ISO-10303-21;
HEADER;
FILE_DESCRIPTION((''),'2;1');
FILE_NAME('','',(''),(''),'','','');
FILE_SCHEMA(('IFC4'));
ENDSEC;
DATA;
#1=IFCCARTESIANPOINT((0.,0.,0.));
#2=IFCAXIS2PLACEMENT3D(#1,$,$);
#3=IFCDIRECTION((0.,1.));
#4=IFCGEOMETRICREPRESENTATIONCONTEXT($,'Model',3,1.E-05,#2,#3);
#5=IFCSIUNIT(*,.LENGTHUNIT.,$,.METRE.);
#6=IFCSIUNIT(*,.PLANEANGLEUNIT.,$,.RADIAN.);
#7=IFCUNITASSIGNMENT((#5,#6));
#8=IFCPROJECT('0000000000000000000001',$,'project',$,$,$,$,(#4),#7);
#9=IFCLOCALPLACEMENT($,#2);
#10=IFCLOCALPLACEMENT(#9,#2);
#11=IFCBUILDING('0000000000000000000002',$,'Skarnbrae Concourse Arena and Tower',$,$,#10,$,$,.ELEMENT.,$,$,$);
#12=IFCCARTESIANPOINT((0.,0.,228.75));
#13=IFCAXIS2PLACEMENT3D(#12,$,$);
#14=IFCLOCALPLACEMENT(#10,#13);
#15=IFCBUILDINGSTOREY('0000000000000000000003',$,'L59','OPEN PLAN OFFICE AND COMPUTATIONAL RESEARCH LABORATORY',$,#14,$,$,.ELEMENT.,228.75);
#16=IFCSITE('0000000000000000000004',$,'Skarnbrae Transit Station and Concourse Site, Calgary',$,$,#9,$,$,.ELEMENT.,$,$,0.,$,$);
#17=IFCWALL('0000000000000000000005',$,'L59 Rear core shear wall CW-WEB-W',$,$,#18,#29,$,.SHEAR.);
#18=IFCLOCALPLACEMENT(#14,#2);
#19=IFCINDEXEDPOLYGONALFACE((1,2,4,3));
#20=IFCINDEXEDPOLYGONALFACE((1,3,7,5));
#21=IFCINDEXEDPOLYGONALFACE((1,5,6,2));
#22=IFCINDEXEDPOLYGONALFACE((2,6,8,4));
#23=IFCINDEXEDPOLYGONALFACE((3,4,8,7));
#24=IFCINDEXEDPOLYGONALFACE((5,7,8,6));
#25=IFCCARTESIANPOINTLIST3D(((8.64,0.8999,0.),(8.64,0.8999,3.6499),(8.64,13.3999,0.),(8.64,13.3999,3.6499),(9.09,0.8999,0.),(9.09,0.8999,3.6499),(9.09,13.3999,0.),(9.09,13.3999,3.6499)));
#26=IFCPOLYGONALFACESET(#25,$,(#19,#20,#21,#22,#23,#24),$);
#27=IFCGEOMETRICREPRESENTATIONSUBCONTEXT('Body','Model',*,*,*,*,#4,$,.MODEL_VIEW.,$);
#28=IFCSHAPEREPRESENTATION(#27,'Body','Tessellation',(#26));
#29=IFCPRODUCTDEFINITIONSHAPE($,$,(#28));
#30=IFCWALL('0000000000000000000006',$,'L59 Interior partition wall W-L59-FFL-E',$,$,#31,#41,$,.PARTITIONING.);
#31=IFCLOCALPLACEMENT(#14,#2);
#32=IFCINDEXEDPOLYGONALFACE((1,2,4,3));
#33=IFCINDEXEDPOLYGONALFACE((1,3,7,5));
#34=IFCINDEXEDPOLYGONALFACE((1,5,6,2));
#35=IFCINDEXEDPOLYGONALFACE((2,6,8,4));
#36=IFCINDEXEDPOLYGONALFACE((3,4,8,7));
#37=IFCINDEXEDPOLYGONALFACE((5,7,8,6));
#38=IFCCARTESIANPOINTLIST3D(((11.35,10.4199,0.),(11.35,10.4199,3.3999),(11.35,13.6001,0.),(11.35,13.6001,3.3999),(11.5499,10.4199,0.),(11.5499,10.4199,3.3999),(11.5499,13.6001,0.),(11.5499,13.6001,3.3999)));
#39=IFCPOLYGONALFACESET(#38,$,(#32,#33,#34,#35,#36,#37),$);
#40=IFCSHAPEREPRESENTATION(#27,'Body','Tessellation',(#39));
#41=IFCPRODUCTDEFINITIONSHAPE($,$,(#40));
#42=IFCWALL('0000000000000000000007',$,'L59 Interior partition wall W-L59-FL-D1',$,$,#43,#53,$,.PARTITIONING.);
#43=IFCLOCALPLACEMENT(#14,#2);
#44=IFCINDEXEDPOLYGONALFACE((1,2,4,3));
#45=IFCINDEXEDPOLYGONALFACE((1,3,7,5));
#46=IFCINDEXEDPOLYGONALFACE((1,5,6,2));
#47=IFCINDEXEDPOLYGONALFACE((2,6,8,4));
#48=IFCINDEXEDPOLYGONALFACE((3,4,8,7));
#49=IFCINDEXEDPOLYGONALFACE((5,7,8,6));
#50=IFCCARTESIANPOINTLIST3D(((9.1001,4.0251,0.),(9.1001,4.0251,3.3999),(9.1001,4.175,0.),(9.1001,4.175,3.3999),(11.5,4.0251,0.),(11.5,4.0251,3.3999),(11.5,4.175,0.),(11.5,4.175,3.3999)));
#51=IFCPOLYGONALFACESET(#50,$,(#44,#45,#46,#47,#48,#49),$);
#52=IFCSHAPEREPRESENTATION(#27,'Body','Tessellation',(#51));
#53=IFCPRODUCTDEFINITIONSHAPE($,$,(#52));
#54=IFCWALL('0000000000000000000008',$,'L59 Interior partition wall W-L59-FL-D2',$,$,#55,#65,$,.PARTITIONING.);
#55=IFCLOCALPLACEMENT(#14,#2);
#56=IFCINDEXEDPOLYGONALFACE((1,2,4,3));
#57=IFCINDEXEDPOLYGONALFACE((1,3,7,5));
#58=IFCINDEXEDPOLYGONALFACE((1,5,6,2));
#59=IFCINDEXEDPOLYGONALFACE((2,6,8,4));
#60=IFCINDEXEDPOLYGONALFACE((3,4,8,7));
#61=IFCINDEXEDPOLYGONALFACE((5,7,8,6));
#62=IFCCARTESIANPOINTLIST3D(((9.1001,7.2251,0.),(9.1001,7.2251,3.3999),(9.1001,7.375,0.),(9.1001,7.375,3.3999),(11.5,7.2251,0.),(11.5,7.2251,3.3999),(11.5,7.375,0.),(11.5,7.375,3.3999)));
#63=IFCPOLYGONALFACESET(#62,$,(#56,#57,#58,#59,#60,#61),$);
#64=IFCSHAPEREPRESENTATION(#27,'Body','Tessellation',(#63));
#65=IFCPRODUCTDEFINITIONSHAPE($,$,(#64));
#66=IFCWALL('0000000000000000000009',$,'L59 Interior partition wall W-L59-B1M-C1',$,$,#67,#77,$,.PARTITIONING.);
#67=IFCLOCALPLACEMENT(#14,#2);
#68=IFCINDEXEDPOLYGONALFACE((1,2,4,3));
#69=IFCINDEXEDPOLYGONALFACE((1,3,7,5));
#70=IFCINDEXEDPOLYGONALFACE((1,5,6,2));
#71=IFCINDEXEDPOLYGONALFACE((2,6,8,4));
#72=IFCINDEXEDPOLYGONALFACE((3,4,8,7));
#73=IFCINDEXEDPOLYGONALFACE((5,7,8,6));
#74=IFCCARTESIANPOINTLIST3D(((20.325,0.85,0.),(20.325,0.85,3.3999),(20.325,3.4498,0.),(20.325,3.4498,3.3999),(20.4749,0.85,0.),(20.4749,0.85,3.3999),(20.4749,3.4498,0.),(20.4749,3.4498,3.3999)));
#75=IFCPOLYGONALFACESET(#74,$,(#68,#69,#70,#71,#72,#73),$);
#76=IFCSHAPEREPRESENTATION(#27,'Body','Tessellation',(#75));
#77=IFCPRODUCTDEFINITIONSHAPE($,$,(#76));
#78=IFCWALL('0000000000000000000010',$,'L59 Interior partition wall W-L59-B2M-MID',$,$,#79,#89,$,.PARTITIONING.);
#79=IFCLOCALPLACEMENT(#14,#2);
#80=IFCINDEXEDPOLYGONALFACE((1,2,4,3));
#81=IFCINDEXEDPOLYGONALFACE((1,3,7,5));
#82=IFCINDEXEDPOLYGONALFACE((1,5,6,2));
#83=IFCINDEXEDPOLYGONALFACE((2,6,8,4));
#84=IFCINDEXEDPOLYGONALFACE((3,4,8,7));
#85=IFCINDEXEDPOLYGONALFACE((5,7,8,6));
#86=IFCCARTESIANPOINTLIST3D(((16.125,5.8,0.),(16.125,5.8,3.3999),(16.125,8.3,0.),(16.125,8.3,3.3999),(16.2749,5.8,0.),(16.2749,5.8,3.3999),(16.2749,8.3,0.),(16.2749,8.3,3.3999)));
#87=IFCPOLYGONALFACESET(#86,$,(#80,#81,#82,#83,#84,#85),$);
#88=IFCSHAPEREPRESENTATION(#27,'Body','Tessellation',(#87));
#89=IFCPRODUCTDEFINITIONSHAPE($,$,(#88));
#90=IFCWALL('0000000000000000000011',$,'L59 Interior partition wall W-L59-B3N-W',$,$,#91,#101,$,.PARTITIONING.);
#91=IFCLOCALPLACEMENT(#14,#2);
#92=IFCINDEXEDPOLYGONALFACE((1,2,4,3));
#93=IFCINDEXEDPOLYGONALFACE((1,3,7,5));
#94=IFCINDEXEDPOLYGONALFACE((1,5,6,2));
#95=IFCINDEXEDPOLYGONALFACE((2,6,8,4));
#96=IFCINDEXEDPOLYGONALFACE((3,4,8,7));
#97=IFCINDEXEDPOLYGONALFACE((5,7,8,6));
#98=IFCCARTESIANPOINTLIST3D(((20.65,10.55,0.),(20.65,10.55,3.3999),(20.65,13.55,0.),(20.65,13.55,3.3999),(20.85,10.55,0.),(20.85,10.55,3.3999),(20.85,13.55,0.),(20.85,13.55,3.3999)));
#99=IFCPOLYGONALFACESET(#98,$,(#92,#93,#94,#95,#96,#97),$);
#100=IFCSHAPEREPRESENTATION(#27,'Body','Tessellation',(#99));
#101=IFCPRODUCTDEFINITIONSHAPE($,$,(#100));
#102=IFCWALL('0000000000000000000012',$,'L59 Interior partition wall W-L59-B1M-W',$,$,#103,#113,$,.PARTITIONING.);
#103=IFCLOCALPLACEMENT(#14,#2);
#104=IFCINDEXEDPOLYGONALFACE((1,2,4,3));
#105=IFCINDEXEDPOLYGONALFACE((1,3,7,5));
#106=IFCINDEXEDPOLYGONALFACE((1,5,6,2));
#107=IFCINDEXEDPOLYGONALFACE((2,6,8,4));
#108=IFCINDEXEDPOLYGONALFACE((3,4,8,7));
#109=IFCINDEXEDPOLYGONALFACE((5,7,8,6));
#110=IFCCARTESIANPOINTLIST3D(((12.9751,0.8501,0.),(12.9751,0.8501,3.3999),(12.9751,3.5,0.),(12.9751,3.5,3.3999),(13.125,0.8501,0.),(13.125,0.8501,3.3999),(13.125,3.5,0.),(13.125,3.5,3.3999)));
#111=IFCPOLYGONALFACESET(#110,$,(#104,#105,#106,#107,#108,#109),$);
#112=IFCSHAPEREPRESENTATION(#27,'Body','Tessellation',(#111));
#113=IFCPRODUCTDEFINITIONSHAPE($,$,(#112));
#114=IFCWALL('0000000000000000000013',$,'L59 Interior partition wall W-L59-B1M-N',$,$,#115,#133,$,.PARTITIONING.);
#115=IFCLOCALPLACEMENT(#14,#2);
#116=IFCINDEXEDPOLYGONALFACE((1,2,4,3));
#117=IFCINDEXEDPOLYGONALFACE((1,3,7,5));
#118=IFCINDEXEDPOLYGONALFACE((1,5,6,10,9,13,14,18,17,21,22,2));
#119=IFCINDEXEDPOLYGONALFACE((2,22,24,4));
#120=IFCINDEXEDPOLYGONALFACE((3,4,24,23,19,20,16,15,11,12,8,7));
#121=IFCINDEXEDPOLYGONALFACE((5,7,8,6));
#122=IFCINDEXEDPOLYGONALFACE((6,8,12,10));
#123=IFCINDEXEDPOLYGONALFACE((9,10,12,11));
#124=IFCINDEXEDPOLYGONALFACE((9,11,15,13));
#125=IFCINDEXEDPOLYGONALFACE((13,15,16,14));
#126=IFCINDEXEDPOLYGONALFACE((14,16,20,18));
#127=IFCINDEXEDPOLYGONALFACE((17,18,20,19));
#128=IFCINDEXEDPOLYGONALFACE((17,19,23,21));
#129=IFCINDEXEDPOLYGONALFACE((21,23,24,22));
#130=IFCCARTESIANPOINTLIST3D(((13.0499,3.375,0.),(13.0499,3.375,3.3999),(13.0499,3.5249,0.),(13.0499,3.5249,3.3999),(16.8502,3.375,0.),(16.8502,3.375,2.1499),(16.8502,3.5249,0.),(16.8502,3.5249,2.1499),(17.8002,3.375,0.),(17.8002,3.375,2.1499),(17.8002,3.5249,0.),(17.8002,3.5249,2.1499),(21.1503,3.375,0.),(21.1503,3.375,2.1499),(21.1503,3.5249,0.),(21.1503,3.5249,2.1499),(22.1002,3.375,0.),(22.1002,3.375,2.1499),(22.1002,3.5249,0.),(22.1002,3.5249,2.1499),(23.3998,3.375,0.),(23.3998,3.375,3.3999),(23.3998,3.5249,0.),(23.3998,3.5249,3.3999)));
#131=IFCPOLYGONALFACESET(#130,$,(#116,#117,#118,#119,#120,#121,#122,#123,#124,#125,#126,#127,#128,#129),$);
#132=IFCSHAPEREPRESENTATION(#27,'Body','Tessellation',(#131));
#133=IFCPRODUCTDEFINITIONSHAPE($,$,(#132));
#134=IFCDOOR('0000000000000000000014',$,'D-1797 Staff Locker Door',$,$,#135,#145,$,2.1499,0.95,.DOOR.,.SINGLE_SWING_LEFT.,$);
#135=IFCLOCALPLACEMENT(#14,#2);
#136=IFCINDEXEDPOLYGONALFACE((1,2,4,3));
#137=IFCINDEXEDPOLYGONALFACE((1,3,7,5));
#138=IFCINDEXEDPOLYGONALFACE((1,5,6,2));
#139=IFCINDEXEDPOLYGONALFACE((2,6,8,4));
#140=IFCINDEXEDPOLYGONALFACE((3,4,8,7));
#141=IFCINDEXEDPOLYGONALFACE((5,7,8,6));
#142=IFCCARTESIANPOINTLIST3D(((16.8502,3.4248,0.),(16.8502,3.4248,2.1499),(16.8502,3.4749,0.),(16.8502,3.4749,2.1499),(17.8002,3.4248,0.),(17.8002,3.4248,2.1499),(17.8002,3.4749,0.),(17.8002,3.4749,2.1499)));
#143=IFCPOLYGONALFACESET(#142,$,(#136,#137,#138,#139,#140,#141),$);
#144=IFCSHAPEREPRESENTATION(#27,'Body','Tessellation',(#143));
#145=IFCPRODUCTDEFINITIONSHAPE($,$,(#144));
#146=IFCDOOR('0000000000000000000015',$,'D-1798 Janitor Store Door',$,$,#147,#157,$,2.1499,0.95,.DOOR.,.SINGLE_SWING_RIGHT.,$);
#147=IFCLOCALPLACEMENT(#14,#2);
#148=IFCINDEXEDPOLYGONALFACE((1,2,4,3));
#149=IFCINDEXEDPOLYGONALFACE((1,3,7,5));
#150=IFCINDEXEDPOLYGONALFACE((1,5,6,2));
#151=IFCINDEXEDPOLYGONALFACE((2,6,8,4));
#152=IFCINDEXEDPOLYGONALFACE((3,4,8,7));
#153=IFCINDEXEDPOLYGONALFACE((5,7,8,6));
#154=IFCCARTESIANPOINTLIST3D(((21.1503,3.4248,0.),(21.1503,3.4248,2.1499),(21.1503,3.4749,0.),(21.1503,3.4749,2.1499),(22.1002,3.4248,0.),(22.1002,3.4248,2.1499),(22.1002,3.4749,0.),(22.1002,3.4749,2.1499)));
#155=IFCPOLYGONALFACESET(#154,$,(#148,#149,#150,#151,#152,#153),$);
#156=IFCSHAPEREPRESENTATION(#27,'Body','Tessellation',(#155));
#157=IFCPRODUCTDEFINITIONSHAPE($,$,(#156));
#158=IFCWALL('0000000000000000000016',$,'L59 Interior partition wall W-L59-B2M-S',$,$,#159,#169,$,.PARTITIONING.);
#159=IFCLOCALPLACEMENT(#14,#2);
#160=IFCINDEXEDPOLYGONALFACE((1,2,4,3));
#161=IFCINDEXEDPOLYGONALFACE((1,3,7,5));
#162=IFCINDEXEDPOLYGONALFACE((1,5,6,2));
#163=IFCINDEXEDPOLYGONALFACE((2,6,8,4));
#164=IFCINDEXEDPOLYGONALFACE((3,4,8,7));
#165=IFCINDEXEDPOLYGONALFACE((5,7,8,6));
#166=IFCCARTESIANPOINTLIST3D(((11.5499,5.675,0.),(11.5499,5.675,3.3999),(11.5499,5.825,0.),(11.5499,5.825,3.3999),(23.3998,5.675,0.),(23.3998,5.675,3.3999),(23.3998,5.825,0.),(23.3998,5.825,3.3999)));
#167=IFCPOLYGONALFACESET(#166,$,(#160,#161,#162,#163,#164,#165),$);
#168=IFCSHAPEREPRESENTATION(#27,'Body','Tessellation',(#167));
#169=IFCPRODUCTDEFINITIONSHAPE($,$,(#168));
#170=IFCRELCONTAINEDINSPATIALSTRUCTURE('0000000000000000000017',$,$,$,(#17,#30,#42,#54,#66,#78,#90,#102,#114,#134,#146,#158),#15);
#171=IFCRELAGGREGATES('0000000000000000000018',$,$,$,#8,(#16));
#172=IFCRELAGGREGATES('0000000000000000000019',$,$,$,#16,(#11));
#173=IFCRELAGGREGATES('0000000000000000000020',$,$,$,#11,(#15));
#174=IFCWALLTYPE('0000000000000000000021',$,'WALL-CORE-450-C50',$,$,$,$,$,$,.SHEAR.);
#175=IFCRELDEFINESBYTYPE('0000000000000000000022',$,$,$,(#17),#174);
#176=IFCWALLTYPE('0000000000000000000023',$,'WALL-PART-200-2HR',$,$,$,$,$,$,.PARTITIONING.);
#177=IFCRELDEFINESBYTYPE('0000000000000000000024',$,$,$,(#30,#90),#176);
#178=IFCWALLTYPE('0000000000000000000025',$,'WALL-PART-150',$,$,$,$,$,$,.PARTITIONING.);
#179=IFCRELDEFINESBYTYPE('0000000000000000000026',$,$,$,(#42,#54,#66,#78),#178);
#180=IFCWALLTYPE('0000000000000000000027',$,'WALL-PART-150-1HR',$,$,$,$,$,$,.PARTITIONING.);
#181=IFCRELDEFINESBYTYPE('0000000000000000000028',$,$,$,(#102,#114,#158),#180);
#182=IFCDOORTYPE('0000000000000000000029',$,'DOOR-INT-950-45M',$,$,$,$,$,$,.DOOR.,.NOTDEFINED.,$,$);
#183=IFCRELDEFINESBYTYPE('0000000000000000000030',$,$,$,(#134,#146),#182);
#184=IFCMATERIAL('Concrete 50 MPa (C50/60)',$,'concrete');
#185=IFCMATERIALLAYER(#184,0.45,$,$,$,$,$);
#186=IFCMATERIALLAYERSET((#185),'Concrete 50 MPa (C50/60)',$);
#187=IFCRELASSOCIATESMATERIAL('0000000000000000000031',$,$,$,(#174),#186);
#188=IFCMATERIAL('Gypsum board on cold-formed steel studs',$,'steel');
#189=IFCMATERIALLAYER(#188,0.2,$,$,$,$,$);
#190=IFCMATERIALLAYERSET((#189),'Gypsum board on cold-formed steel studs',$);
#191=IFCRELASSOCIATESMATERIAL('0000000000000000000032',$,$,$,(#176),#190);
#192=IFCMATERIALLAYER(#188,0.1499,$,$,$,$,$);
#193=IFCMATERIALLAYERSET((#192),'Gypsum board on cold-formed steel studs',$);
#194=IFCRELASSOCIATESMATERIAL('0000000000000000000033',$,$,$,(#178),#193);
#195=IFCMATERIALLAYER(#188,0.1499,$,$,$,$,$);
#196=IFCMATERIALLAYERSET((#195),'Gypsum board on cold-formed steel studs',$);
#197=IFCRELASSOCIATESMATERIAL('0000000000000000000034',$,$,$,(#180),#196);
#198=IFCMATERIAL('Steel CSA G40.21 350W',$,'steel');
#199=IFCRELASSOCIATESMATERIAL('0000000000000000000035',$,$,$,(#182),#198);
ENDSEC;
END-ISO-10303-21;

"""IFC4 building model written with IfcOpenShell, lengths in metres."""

from ifc_helpers import new_model, si_unit, direction, frame, frame_2d, origin, place, context, subcontext, project, spatial, rectangle, extrude, source, transform, mapped, material, layer, layer_set, type_object, element, fill, save


model = new_model("IFC4")

# Units and contexts
model_context = context("Model", 3, precision=1e-05, world=origin(), true_north=direction((0.0, 1.0)))
body_context = subcontext(model_context, "Body", "Model", "MODEL_VIEW")
ifc_project = project(units=[si_unit("LENGTHUNIT", "METRE"), si_unit("PLANEANGLEUNIT", "RADIAN")], contexts=[model_context])

# Site, building, storey
site_placement = place(None, origin())
site = spatial("IfcSite", under=ifc_project, at=site_placement, Name="Skarnbrae Transit Station and Concourse Site, Calgary", CompositionType="ELEMENT", RefElevation=0.0)
building_placement = place(site_placement, origin())
building = spatial("IfcBuilding", under=site, at=building_placement, Name="Skarnbrae Concourse Arena and Tower", CompositionType="ELEMENT")
storey_placement = place(building_placement, frame((0.0, 0.0, 228.75)))
storey = spatial("IfcBuildingStorey", under=building, at=storey_placement, Name="L59", Description="OPEN PLAN OFFICE AND COMPUTATIONAL RESEARCH LABORATORY", CompositionType="ELEMENT", Elevation=228.75)

# Walls
ifc_material_1 = material(Name="Concrete 50 MPa (C50/60)", Category="concrete")
ifc_layer_1 = layer(ifc_material_1, 0.45)
ifc_layer_set_1 = layer_set([ifc_layer_1], Name="Concrete 50 MPa (C50/60)")
wall_type_1 = type_object("IfcWallType", Name="WALL-CORE-450-C50", PredefinedType="SHEAR", material=ifc_layer_set_1)
shared_shape_1 = source(origin(), body_context, "Body", "SweptSolid", [
    extrude(rectangle(XDim=12.5, YDim=0.45, at=frame_2d((6.25, 0.0))), origin(), (0.0, 0.0, 1.0), 3.6499),
])
wall_1_placement = place(storey_placement, frame((8.865, 0.8999, 0.0), z_axis=(0.0, 0.0, 1.0), x_axis=(0.0, 1.0, 0.0)))
element("IfcWall", 1, at=wall_1_placement, inside=storey, type_object=wall_type_1, Name="L59 Rear core shear wall CW-WEB-W", PredefinedType="SHEAR", context=body_context, shape_type="MappedRepresentation", body=[
    mapped(shared_shape_1, transform((0.0, 0.0, 0.0))),
])
ifc_material_2 = material(Name="Gypsum board on cold-formed steel studs", Category="steel")
ifc_layer_2 = layer(ifc_material_2, 0.2)
ifc_layer_set_2 = layer_set([ifc_layer_2], Name="Gypsum board on cold-formed steel studs")
wall_type_2 = type_object("IfcWallType", Name="WALL-PART-200-2HR", PredefinedType="PARTITIONING", material=ifc_layer_set_2)
shared_shape_2 = source(origin(), body_context, "Body", "SweptSolid", [
    extrude(rectangle(XDim=3.1802, YDim=0.2, at=frame_2d((1.5901, 0.0))), origin(), (0.0, 0.0, 1.0), 3.3999),
])
wall_2_placement = place(storey_placement, frame((11.45, 10.4199, 0.0), z_axis=(0.0, 0.0, 1.0), x_axis=(0.0, 1.0, 0.0)))
element("IfcWall", 2, at=wall_2_placement, inside=storey, type_object=wall_type_2, Name="L59 Interior partition wall W-L59-FFL-E", PredefinedType="PARTITIONING", context=body_context, shape_type="MappedRepresentation", body=[
    mapped(shared_shape_2, transform((0.0, 0.0, 0.0))),
])

# Shared definitions
ifc_material_3 = material(Name="Steel CSA G40.21 350W", Category="steel")

# Walls
ifc_layer_3 = layer(ifc_material_2, 0.1499)
ifc_layer_set_3 = layer_set([ifc_layer_3], Name="Gypsum board on cold-formed steel studs")
wall_type_3 = type_object("IfcWallType", Name="WALL-PART-150", PredefinedType="PARTITIONING", material=ifc_layer_set_3)
shared_shape_3 = source(origin(), body_context, "Body", "SweptSolid", [
    extrude(rectangle(XDim=2.3999, YDim=0.1499, at=frame_2d((1.2, 0.0))), origin(), (0.0, 0.0, 1.0), 3.3999),
])
for number, where, z_axis, x_axis, name in (
    (3, (9.1001, 4.1001, 0.0), (0.0, 0.0, 1.0), (1.0, 0.0, 0.0), "L59 Interior partition wall W-L59-FL-D1"),
    (4, (9.1001, 7.3, 0.0), (0.0, 0.0, 1.0), (1.0, 0.0, 0.0), "L59 Interior partition wall W-L59-FL-D2"),
):
    element("IfcWall", number, at=place(storey_placement, frame(where, z_axis=z_axis, x_axis=x_axis)), inside=storey, type_object=wall_type_3, Name=name, PredefinedType="PARTITIONING", context=body_context, shape_type="MappedRepresentation", body=[
        mapped(shared_shape_3, transform((0.0, 0.0, 0.0))),
    ])
shared_shape_4 = source(origin(), body_context, "Body", "SweptSolid", [
    extrude(rectangle(XDim=2.5999, YDim=0.1499, at=frame_2d((1.2998, 0.0))), origin(), (0.0, 0.0, 1.0), 3.3999),
])
wall_3_placement = place(storey_placement, frame((20.3999, 0.8501, 0.0), z_axis=(0.0, 0.0, 1.0), x_axis=(0.0, 1.0, 0.0)))
element("IfcWall", 5, at=wall_3_placement, inside=storey, type_object=wall_type_3, Name="L59 Interior partition wall W-L59-B1M-C1", PredefinedType="PARTITIONING", context=body_context, shape_type="MappedRepresentation", body=[
    mapped(shared_shape_4, transform((0.0, 0.0, 0.0))),
])
shared_shape_5 = source(origin(), body_context, "Body", "SweptSolid", [
    extrude(rectangle(XDim=2.5, YDim=0.1499, at=frame_2d((1.25, 0.0))), origin(), (0.0, 0.0, 1.0), 3.3999),
])
wall_4_placement = place(storey_placement, frame((16.2, 5.8, 0.0), z_axis=(0.0, 0.0, 1.0), x_axis=(0.0, 1.0, 0.0)))
element("IfcWall", 6, at=wall_4_placement, inside=storey, type_object=wall_type_3, Name="L59 Interior partition wall W-L59-B2M-MID", PredefinedType="PARTITIONING", context=body_context, shape_type="MappedRepresentation", body=[
    mapped(shared_shape_5, transform((0.0, 0.0, 0.0))),
])

# Walls
shared_shape_6 = source(origin(), body_context, "Body", "SweptSolid", [
    extrude(rectangle(XDim=3.0, YDim=0.2, at=frame_2d((1.5, 0.0))), origin(), (0.0, 0.0, 1.0), 3.3999),
])
wall_5_placement = place(storey_placement, frame((20.75, 10.55, 0.0), z_axis=(0.0, 0.0, 1.0), x_axis=(0.0, 1.0, 0.0)))
element("IfcWall", 7, at=wall_5_placement, inside=storey, type_object=wall_type_2, Name="L59 Interior partition wall W-L59-B3N-W", PredefinedType="PARTITIONING", context=body_context, shape_type="MappedRepresentation", body=[
    mapped(shared_shape_6, transform((0.0, 0.0, 0.0))),
])
ifc_layer_4 = layer(ifc_material_2, 0.1499)
ifc_layer_set_4 = layer_set([ifc_layer_4], Name="Gypsum board on cold-formed steel studs")
wall_type_4 = type_object("IfcWallType", Name="WALL-PART-150-1HR", PredefinedType="PARTITIONING", material=ifc_layer_set_4)
shared_shape_7 = source(origin(), body_context, "Body", "SweptSolid", [
    extrude(rectangle(XDim=2.6499, YDim=0.1499, at=frame_2d((1.325, 0.0))), origin(), (0.0, 0.0, 1.0), 3.3999),
])
wall_6_placement = place(storey_placement, frame((13.05, 0.8501, 0.0), z_axis=(0.0, 0.0, 1.0), x_axis=(0.0, 1.0, 0.0)))
element("IfcWall", 8, at=wall_6_placement, inside=storey, type_object=wall_type_4, Name="L59 Interior partition wall W-L59-B1M-W", PredefinedType="PARTITIONING", context=body_context, shape_type="MappedRepresentation", body=[
    mapped(shared_shape_7, transform((0.0, 0.0, 0.0))),
])

# Wall, openings, doors
shared_shape_8 = source(origin(), body_context, "Body", "SweptSolid", [
    extrude(rectangle(XDim=10.3499, YDim=0.1499, at=frame_2d((5.1748, 0.0))), origin(), (0.0, 0.0, 1.0), 3.3999),
])
wall_7_placement = place(storey_placement, frame((13.05, 3.45, 0.0), z_axis=(0.0, 0.0, 1.0), x_axis=(1.0, 0.0, 0.0)))
wall_7 = element("IfcWall", 9, at=wall_7_placement, inside=storey, type_object=wall_type_4, Name="L59 Interior partition wall W-L59-B1M-N", PredefinedType="PARTITIONING", context=body_context, shape_type="MappedRepresentation", body=[
    mapped(shared_shape_8, transform((0.0, 0.0, 0.0))),
])
opening_1_placement = place(wall_7_placement, frame((3.8, 0.0, 0.0)))
opening_1 = element("IfcOpeningElement", 10, at=opening_1_placement, cuts=wall_7, PredefinedType="OPENING", context=body_context, shape_type="SweptSolid", body=[
    extrude(rectangle(XDim=0.95, YDim=2.1499, at=frame_2d((0.4751, 1.075))), frame((0.0, 0.085, 0.0), z_axis=(0.0, -1.0, 0.0), x_axis=(1.0, 0.0, 0.0)), (0.0, 0.0, 1.0), 0.1699),
])
opening_2_placement = place(wall_7_placement, frame((8.1001, 0.0, 0.0)))
opening_2 = element("IfcOpeningElement", 11, at=opening_2_placement, cuts=wall_7, PredefinedType="OPENING", context=body_context, shape_type="SweptSolid", body=[
    extrude(rectangle(XDim=0.95, YDim=2.1499, at=frame_2d((0.4751, 1.075))), frame((0.0, 0.085, 0.0), z_axis=(0.0, -1.0, 0.0), x_axis=(1.0, 0.0, 0.0)), (0.0, 0.0, 1.0), 0.1699),
])
door_type_1 = type_object("IfcDoorType", Name="DOOR-INT-950-45M", OperationType="NOTDEFINED", PredefinedType="DOOR", material=ifc_material_3)
shared_shape_9 = source(origin(), body_context, "Body", "SweptSolid", [
    extrude(rectangle(XDim=0.95, YDim=2.1499, at=frame_2d((0.4751, 1.075))), frame((0.0, 0.0249, 0.0), z_axis=(0.0, -1.0, 0.0), x_axis=(1.0, 0.0, 0.0)), (0.0, 0.0, 1.0), 0.05),
])
door_1_placement = place(opening_1_placement, origin())
door_1 = element("IfcDoor", 12, at=door_1_placement, inside=storey, type_object=door_type_1, Name="D-1797 Staff Locker Door", OperationType="SINGLE_SWING_LEFT", OverallHeight=2.1499, OverallWidth=0.95, PredefinedType="DOOR", context=body_context, shape_type="MappedRepresentation", body=[
    mapped(shared_shape_9, transform((0.0, 0.0, 0.0))),
])
fill(opening_1, door_1)
door_2_placement = place(opening_2_placement, origin())
door_2 = element("IfcDoor", 13, at=door_2_placement, inside=storey, type_object=door_type_1, Name="D-1798 Janitor Store Door", OperationType="SINGLE_SWING_RIGHT", OverallHeight=2.1499, OverallWidth=0.95, PredefinedType="DOOR", context=body_context, shape_type="MappedRepresentation", body=[
    mapped(shared_shape_9, transform((0.0, 0.0, 0.0))),
])
fill(opening_2, door_2)

# Wall
shared_shape_10 = source(origin(), body_context, "Body", "SweptSolid", [
    extrude(rectangle(XDim=11.8499, YDim=0.1499, at=frame_2d((5.9248, 0.0))), origin(), (0.0, 0.0, 1.0), 3.3999),
])
wall_8_placement = place(storey_placement, frame((11.55, 5.75, 0.0), z_axis=(0.0, 0.0, 1.0), x_axis=(1.0, 0.0, 0.0)))
element("IfcWall", 14, at=wall_8_placement, inside=storey, type_object=wall_type_4, Name="L59 Interior partition wall W-L59-B2M-S", PredefinedType="PARTITIONING", context=body_context, shape_type="MappedRepresentation", body=[
    mapped(shared_shape_10, transform((0.0, 0.0, 0.0))),
])

save(model, "model.ifc")
